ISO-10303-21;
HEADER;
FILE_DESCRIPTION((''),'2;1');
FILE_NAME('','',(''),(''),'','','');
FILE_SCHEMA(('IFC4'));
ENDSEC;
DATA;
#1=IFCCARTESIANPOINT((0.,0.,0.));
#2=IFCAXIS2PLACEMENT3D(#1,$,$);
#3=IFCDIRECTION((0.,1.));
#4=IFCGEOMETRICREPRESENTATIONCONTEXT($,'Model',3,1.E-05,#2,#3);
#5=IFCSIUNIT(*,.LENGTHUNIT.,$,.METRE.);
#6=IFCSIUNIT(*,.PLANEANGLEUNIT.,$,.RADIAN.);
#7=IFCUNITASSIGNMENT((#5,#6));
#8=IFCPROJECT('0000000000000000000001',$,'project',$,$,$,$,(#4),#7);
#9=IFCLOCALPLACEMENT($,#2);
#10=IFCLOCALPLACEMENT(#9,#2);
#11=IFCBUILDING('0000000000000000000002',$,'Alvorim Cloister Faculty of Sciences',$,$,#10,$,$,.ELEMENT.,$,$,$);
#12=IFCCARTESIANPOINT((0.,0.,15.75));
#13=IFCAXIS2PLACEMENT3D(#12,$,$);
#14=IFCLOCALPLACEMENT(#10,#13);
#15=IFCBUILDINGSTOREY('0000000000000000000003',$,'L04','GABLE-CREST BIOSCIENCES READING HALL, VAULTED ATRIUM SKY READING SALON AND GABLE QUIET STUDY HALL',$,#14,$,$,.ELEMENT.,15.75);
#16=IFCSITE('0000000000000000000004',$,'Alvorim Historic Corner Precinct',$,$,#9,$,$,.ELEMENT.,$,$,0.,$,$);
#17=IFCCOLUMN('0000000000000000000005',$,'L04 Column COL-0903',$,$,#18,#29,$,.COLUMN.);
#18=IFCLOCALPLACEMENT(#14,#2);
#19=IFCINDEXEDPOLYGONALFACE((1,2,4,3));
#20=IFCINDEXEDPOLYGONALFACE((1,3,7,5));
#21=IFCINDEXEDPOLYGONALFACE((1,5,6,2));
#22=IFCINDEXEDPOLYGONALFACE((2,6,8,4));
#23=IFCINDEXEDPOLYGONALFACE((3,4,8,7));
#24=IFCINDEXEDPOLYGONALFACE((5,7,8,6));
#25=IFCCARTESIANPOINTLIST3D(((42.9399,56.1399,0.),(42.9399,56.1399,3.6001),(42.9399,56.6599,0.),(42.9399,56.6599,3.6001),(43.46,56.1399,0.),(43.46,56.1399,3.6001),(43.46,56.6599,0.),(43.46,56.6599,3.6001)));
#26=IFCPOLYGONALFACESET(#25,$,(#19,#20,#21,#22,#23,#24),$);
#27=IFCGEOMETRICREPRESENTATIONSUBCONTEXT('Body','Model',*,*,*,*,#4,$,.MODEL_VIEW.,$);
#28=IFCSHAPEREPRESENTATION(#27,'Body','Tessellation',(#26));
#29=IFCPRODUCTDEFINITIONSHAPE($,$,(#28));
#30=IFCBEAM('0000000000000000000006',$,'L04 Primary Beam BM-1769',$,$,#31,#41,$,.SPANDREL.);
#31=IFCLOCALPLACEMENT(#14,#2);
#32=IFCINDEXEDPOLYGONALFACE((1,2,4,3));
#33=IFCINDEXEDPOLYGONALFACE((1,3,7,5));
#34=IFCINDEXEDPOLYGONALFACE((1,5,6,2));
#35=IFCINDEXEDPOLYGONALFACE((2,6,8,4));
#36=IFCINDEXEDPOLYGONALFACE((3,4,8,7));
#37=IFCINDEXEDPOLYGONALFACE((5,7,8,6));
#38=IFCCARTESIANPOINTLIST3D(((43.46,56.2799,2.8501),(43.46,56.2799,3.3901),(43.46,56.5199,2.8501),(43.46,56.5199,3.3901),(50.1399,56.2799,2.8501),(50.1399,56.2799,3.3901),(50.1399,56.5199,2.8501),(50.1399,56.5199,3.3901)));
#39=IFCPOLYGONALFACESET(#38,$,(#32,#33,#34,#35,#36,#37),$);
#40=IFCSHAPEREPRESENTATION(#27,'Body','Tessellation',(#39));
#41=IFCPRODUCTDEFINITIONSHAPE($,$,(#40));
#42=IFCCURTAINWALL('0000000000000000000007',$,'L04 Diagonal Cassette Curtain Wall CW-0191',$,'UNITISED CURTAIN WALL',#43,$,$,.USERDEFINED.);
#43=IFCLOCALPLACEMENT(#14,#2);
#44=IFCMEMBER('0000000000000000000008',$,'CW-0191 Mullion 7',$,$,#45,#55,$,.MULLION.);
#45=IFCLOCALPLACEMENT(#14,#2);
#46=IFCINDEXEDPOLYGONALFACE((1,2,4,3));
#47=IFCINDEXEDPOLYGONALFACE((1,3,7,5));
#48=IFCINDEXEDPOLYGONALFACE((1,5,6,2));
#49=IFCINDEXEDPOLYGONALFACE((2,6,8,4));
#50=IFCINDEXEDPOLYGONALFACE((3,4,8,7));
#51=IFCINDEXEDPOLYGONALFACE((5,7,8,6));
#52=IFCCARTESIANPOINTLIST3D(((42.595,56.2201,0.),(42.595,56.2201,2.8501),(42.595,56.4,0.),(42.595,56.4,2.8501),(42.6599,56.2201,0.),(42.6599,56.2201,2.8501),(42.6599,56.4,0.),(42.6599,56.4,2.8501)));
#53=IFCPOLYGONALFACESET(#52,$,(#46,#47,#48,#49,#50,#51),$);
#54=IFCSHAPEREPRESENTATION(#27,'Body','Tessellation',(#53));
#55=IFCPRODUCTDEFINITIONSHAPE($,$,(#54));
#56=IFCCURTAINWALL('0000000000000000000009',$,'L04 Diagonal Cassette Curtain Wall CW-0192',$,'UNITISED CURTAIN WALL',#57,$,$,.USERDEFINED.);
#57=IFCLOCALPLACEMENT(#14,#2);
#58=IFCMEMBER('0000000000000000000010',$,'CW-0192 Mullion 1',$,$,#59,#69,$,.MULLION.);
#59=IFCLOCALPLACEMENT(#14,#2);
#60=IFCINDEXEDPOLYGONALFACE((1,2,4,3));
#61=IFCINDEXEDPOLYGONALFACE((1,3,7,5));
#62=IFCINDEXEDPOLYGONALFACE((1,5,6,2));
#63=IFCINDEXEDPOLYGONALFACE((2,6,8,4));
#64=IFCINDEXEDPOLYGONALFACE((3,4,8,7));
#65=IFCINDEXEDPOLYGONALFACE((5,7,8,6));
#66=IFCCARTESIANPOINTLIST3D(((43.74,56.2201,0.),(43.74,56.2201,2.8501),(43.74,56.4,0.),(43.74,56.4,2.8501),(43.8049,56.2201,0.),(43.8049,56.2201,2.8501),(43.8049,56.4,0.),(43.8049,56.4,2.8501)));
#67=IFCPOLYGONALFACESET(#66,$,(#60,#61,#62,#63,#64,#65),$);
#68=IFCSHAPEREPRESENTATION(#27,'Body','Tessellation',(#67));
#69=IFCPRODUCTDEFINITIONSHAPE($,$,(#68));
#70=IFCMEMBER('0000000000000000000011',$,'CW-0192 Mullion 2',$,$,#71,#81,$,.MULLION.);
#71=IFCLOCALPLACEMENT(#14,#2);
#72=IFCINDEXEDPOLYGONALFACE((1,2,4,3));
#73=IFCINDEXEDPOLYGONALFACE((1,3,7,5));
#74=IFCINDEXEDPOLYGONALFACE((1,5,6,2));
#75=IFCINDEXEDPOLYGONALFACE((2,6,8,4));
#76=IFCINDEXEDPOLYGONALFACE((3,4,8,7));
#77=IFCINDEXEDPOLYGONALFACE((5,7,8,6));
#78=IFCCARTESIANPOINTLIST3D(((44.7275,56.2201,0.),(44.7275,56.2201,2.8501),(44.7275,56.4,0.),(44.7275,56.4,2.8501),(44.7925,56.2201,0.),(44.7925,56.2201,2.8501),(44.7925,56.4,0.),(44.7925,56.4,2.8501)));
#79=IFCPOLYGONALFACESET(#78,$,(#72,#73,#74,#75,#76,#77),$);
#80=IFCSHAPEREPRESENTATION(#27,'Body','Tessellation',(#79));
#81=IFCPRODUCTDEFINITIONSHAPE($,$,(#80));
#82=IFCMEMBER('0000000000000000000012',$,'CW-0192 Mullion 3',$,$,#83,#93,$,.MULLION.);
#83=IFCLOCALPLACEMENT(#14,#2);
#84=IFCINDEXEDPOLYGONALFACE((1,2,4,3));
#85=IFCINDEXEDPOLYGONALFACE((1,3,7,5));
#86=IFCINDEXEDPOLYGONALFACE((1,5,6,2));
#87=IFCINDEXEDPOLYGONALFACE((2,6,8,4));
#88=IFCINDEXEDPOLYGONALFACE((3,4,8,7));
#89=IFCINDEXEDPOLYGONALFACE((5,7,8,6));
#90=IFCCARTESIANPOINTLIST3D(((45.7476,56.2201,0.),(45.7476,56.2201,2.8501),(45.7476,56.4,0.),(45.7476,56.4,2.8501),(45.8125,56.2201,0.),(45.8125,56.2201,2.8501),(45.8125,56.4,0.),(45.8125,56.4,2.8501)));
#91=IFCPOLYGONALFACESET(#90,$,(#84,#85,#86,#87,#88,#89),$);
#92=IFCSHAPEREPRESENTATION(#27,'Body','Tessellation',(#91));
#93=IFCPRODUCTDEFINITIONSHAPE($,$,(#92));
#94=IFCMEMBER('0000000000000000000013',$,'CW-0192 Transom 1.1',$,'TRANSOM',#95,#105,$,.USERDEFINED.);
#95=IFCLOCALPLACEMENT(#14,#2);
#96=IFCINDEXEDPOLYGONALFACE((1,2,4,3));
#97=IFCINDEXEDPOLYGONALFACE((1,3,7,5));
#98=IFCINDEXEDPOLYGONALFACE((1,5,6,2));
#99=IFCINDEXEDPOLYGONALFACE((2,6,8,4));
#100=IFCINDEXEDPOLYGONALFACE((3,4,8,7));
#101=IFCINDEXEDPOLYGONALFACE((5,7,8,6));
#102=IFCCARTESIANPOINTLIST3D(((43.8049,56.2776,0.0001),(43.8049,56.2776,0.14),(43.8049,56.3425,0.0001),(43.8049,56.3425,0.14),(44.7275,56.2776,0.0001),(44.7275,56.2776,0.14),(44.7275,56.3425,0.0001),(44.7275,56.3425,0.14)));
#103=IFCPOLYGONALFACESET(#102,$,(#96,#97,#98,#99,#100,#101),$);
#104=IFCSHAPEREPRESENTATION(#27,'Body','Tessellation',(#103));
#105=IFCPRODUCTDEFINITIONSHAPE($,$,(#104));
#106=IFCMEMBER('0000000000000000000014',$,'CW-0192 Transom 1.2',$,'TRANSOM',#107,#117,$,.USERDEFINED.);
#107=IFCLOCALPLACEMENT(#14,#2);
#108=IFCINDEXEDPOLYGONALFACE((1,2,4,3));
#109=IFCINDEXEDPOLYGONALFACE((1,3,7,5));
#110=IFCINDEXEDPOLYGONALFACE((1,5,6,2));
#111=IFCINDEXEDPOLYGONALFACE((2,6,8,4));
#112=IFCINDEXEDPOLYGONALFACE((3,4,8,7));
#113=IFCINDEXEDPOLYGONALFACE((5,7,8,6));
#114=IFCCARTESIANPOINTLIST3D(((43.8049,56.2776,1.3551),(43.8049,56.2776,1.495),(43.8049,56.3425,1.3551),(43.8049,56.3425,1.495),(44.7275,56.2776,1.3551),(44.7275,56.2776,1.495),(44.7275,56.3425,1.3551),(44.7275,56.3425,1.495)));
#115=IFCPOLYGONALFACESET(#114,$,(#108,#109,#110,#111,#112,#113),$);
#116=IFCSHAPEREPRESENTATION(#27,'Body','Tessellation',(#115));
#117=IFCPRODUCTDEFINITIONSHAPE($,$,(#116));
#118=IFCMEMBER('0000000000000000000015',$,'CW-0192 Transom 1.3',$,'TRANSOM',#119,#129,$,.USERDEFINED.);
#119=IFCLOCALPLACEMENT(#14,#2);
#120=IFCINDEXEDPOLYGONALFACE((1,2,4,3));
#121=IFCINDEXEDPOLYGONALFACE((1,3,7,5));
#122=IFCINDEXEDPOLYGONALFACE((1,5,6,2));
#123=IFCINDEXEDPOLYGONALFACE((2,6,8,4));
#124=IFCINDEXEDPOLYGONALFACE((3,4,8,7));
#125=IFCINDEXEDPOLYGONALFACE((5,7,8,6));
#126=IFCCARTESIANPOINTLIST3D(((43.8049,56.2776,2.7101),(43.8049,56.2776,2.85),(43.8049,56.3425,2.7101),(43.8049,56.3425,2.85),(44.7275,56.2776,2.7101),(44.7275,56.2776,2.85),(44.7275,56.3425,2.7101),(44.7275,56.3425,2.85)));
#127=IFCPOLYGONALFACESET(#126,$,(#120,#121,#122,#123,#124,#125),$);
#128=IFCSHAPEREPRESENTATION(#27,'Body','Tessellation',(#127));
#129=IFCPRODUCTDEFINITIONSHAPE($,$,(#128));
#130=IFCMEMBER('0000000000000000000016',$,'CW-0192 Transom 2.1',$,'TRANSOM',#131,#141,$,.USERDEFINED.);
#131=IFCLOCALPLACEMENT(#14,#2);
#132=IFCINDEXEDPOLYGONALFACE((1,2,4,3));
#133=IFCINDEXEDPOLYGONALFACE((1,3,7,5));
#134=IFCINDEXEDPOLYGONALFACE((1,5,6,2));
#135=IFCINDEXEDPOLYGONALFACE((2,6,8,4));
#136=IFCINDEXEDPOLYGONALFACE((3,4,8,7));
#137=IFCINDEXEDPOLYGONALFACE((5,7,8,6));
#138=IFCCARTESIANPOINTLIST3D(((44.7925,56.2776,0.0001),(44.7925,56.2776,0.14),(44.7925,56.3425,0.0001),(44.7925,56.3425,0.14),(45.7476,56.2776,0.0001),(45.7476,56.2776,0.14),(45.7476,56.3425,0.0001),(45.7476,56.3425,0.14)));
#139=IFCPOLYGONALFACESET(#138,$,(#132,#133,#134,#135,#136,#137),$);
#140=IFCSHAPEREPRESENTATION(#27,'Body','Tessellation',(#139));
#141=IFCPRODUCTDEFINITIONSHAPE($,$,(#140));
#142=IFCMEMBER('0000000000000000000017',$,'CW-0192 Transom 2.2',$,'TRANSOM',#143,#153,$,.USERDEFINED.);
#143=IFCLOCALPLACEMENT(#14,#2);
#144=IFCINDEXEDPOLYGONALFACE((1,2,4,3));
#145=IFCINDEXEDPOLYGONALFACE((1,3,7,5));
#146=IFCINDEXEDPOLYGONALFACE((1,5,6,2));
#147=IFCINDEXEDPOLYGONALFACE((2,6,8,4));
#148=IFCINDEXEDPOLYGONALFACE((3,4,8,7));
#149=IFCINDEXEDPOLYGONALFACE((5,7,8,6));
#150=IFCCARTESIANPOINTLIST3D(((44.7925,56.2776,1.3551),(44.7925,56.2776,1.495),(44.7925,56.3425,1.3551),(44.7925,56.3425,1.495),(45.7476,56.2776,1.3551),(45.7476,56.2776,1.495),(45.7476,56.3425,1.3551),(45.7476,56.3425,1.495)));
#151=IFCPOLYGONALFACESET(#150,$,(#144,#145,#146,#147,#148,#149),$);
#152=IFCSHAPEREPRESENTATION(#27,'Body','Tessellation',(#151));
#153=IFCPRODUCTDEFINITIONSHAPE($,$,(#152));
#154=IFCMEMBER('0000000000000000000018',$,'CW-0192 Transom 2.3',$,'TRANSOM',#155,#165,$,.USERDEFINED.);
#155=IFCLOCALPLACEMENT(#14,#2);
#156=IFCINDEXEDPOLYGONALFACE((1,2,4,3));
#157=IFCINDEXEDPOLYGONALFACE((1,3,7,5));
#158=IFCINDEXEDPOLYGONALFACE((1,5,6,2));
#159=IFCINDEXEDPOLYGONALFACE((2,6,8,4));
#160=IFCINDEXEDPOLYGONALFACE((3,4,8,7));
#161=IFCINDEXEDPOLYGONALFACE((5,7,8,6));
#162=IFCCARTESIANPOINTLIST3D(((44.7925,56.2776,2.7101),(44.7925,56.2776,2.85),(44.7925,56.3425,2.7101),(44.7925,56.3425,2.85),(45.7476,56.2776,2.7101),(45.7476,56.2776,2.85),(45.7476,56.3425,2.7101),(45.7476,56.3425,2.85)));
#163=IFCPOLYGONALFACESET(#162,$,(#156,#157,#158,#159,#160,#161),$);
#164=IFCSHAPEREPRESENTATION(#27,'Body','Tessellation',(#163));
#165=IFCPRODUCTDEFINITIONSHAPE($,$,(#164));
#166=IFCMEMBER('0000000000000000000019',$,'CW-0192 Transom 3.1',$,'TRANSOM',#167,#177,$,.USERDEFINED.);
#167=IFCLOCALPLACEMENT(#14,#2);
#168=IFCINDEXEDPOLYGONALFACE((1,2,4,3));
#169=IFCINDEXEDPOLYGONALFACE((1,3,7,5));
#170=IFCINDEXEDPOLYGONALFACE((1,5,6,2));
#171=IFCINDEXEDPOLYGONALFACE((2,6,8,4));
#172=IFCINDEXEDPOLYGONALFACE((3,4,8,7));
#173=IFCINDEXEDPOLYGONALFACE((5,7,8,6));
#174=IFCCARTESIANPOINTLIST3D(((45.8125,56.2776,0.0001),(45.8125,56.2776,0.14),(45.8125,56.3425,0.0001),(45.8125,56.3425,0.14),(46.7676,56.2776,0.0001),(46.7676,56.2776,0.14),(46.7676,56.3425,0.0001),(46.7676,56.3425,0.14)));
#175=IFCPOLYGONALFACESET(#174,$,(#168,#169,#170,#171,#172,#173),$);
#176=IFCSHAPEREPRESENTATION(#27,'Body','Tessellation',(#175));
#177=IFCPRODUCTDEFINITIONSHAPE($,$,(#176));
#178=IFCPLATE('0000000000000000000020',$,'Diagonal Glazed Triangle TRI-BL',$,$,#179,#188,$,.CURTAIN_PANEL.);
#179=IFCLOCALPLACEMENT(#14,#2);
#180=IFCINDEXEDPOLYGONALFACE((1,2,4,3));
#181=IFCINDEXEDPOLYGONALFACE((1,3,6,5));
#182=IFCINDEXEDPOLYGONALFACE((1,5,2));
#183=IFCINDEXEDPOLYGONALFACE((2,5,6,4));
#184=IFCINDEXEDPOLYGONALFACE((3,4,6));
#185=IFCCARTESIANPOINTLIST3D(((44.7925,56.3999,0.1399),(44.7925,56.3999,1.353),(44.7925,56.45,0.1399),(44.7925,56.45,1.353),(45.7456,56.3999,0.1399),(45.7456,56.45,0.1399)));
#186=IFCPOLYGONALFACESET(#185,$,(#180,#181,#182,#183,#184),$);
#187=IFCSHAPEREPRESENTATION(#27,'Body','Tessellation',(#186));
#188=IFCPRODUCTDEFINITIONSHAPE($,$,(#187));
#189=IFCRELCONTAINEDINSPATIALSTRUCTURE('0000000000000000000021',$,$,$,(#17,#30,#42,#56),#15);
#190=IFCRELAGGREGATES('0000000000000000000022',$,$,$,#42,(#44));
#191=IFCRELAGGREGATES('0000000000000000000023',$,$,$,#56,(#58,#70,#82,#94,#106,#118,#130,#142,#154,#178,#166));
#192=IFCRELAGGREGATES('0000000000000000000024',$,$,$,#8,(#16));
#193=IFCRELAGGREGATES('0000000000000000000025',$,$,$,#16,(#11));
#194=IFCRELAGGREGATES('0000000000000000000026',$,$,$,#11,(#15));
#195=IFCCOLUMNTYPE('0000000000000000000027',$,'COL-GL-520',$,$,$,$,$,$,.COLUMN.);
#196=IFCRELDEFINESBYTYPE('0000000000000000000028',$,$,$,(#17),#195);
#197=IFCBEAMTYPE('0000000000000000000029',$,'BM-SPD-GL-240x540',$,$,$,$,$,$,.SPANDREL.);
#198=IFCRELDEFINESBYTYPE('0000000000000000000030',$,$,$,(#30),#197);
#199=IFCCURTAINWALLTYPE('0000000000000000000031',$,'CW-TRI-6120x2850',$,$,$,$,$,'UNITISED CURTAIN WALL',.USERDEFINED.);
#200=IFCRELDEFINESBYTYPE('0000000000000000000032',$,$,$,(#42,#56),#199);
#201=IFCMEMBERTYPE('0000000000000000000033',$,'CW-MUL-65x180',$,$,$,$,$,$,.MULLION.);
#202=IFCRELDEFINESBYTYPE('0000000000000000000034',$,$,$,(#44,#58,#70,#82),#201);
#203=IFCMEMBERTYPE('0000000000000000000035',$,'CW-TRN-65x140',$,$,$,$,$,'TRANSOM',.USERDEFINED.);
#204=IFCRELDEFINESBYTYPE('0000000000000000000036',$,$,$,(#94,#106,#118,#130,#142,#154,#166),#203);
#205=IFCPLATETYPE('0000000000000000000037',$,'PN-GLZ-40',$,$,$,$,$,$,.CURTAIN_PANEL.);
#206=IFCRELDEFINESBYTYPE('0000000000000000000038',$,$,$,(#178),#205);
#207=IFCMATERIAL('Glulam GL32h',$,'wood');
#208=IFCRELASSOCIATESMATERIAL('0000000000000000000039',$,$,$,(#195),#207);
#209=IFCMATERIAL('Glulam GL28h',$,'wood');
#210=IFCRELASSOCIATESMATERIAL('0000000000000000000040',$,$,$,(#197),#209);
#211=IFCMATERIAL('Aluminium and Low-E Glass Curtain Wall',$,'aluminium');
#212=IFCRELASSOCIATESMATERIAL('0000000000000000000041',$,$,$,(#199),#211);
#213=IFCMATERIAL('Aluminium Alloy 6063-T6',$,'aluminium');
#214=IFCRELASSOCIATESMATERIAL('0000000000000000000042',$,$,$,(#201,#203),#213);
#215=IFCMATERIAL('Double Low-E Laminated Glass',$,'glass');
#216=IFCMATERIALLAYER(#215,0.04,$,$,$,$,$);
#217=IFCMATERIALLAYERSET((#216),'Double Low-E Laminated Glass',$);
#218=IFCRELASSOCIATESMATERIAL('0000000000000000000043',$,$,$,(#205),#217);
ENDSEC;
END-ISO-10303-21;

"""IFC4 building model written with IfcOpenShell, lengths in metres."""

from ifc_helpers import new_model, si_unit, direction, frame, origin, origin_2d, place, context, subcontext, project, spatial, polyline, rectangle, outline, extrude, material, layer, layer_set, material_profile, profile_set, type_object, element, aggregate, save


model = new_model("IFC4")

# Units and contexts
model_context = context("Model", 3, precision=1e-05, world=origin(), true_north=direction((0.0, 1.0)))
body_context = subcontext(model_context, "Body", "Model", "MODEL_VIEW")
ifc_project = project(units=[si_unit("LENGTHUNIT", "METRE"), si_unit("PLANEANGLEUNIT", "RADIAN")], contexts=[model_context])

# Site, building, storey
site_placement = place(None, origin())
site = spatial("IfcSite", under=ifc_project, at=site_placement, Name="Alvorim Historic Corner Precinct", CompositionType="ELEMENT", RefElevation=0.0)
building_placement = place(site_placement, origin())
building = spatial("IfcBuilding", under=site, at=building_placement, Name="Alvorim Cloister Faculty of Sciences", CompositionType="ELEMENT")
storey_placement = place(building_placement, frame((0.0, 0.0, 15.75)))
storey = spatial("IfcBuildingStorey", under=building, at=storey_placement, Name="L04", Description="GABLE-CREST BIOSCIENCES READING HALL, VAULTED ATRIUM SKY READING SALON AND GABLE QUIET STUDY HALL", CompositionType="ELEMENT", Elevation=15.75)

# Column
ifc_material_1 = material(Name="Glulam GL32h", Category="wood")
ifc_material_profile_1 = material_profile(ifc_material_1, rectangle(XDim=0.52, YDim=0.52, at=origin_2d()), Name="GL32-COL-520x520")
ifc_profile_set_1 = profile_set([ifc_material_profile_1], Name="Glulam GL32h")
column_type = type_object("IfcColumnType", Name="COL-GL-520", PredefinedType="COLUMN", material=ifc_profile_set_1)
column_placement = place(storey_placement, frame((43.2, 56.3999, 0.0), z_axis=(0.0, 0.0, 1.0), x_axis=(1.0, 0.0, 0.0)))
element("IfcColumn", 1, at=column_placement, inside=storey, type_object=column_type, Name="L04 Column COL-0903", PredefinedType="COLUMN", context=body_context, shape_type="SweptSolid", body=[
    extrude(rectangle(XDim=0.52, YDim=0.52, at=origin_2d()), origin(), (0.0, 0.0, 1.0), 3.6001),
])

# Beam
ifc_material_2 = material(Name="Glulam GL28h", Category="wood")
ifc_material_profile_2 = material_profile(ifc_material_2, rectangle(XDim=0.24, YDim=0.54, at=origin_2d()), Name="GL28-SPD-240x540")
ifc_profile_set_2 = profile_set([ifc_material_profile_2], Name="Glulam GL28h")
beam_type = type_object("IfcBeamType", Name="BM-SPD-GL-240x540", PredefinedType="SPANDREL", material=ifc_profile_set_2)
beam_placement = place(storey_placement, frame((43.46, 56.3999, 3.1201), z_axis=(1.0, 0.0, 0.0), x_axis=(0.0, 1.0, 0.0)))
element("IfcBeam", 2, at=beam_placement, inside=storey, type_object=beam_type, Name="L04 Primary Beam BM-1769", PredefinedType="SPANDREL", context=body_context, shape_type="SweptSolid", body=[
    extrude(rectangle(XDim=0.24, YDim=0.54, at=origin_2d()), origin(), (0.0, 0.0, 1.0), 6.6799),
])

# Curtain wall, member
ifc_material_3 = material(Name="Aluminium and Low-E Glass Curtain Wall", Category="aluminium")
curtain_wall_type = type_object("IfcCurtainWallType", Name="CW-TRI-6120x2850", ElementType="UNITISED CURTAIN WALL", PredefinedType="USERDEFINED", material=ifc_material_3)
curtain_wall_1_placement = place(storey_placement, origin())
curtain_wall_1 = element("IfcCurtainWall", 3, at=curtain_wall_1_placement, inside=storey, type_object=curtain_wall_type, Name="L04 Diagonal Cassette Curtain Wall CW-0191", ObjectType="UNITISED CURTAIN WALL", PredefinedType="USERDEFINED")
ifc_material_4 = material(Name="Aluminium Alloy 6063-T6", Category="aluminium")
ifc_material_profile_3 = material_profile(ifc_material_4, rectangle(XDim=0.0649, YDim=0.1799, at=origin_2d()), Name="ALU-MUL-65x180")
ifc_profile_set_3 = profile_set([ifc_material_profile_3], Name="Aluminium Alloy 6063-T6")
member_type_1 = type_object("IfcMemberType", Name="CW-MUL-65x180", PredefinedType="MULLION", material=ifc_profile_set_3)
member_1_placement = place(storey_placement, frame((42.6274, 56.3101, 0.0), z_axis=(0.0, 0.0, 1.0), x_axis=(1.0, 0.0, 0.0)))
member_1 = element("IfcMember", 4, at=member_1_placement, type_object=member_type_1, Name="CW-0191 Mullion 7", PredefinedType="MULLION", context=body_context, shape_type="SweptSolid", body=[
    extrude(rectangle(XDim=0.0649, YDim=0.1799, at=origin_2d()), origin(), (0.0, 0.0, 1.0), 2.8501),
])

# Curtain wall, members
curtain_wall_2_placement = place(storey_placement, origin())
curtain_wall_2 = element("IfcCurtainWall", 5, at=curtain_wall_2_placement, inside=storey, type_object=curtain_wall_type, Name="L04 Diagonal Cassette Curtain Wall CW-0192", ObjectType="UNITISED CURTAIN WALL", PredefinedType="USERDEFINED")
member_2_placement = place(storey_placement, frame((43.7725, 56.3101, 0.0), z_axis=(0.0, 0.0, 1.0), x_axis=(1.0, 0.0, 0.0)))
member_2 = element("IfcMember", 6, at=member_2_placement, type_object=member_type_1, Name="CW-0192 Mullion 1", PredefinedType="MULLION", context=body_context, shape_type="SweptSolid", body=[
    extrude(rectangle(XDim=0.0649, YDim=0.1799, at=origin_2d()), origin(), (0.0, 0.0, 1.0), 2.8501),
])
member_3_placement = place(storey_placement, frame((44.76, 56.3101, 0.0), z_axis=(0.0, 0.0, 1.0), x_axis=(1.0, 0.0, 0.0)))
member_3 = element("IfcMember", 7, at=member_3_placement, type_object=member_type_1, Name="CW-0192 Mullion 2", PredefinedType="MULLION", context=body_context, shape_type="SweptSolid", body=[
    extrude(rectangle(XDim=0.0649, YDim=0.1799, at=origin_2d()), origin(), (0.0, 0.0, 1.0), 2.8501),
])
member_4_placement = place(storey_placement, frame((45.78, 56.3101, 0.0), z_axis=(0.0, 0.0, 1.0), x_axis=(1.0, 0.0, 0.0)))
member_4 = element("IfcMember", 8, at=member_4_placement, type_object=member_type_1, Name="CW-0192 Mullion 3", PredefinedType="MULLION", context=body_context, shape_type="SweptSolid", body=[
    extrude(rectangle(XDim=0.0649, YDim=0.1799, at=origin_2d()), origin(), (0.0, 0.0, 1.0), 2.8501),
])
ifc_material_profile_4 = material_profile(ifc_material_4, rectangle(XDim=0.0649, YDim=0.1399, at=origin_2d()), Name="ALU-TRN-65x140")
ifc_profile_set_4 = profile_set([ifc_material_profile_4], Name="Aluminium Alloy 6063-T6")
member_type_2 = type_object("IfcMemberType", Name="CW-TRN-65x140", ElementType="TRANSOM", PredefinedType="USERDEFINED", material=ifc_profile_set_4)
member_5_placement = place(storey_placement, frame((43.8049, 56.3101, 0.0701), z_axis=(1.0, 0.0, 0.0), x_axis=(0.0, 1.0, 0.0)))
member_5 = element("IfcMember", 9, at=member_5_placement, type_object=member_type_2, Name="CW-0192 Transom 1.1", ObjectType="TRANSOM", PredefinedType="USERDEFINED", context=body_context, shape_type="SweptSolid", body=[
    extrude(rectangle(XDim=0.0649, YDim=0.1399, at=origin_2d()), origin(), (0.0, 0.0, 1.0), 0.9226),
])
member_6_placement = place(storey_placement, frame((43.8049, 56.3101, 1.425), z_axis=(1.0, 0.0, 0.0), x_axis=(0.0, 1.0, 0.0)))
member_6 = element("IfcMember", 10, at=member_6_placement, type_object=member_type_2, Name="CW-0192 Transom 1.2", ObjectType="TRANSOM", PredefinedType="USERDEFINED", context=body_context, shape_type="SweptSolid", body=[
    extrude(rectangle(XDim=0.0649, YDim=0.1399, at=origin_2d()), origin(), (0.0, 0.0, 1.0), 0.9226),
])
member_7_placement = place(storey_placement, frame((43.8049, 56.3101, 2.78), z_axis=(1.0, 0.0, 0.0), x_axis=(0.0, 1.0, 0.0)))
member_7 = element("IfcMember", 11, at=member_7_placement, type_object=member_type_2, Name="CW-0192 Transom 1.3", ObjectType="TRANSOM", PredefinedType="USERDEFINED", context=body_context, shape_type="SweptSolid", body=[
    extrude(rectangle(XDim=0.0649, YDim=0.1399, at=origin_2d()), origin(), (0.0, 0.0, 1.0), 0.9226),
])
member_8_placement = place(storey_placement, frame((44.7925, 56.3101, 0.0701), z_axis=(1.0, 0.0, 0.0), x_axis=(0.0, 1.0, 0.0)))
member_8 = element("IfcMember", 12, at=member_8_placement, type_object=member_type_2, Name="CW-0192 Transom 2.1", ObjectType="TRANSOM", PredefinedType="USERDEFINED", context=body_context, shape_type="SweptSolid", body=[
    extrude(rectangle(XDim=0.0649, YDim=0.1399, at=origin_2d()), origin(), (0.0, 0.0, 1.0), 0.9551),
])
member_9_placement = place(storey_placement, frame((44.7925, 56.3101, 1.425), z_axis=(1.0, 0.0, 0.0), x_axis=(0.0, 1.0, 0.0)))
member_9 = element("IfcMember", 13, at=member_9_placement, type_object=member_type_2, Name="CW-0192 Transom 2.2", ObjectType="TRANSOM", PredefinedType="USERDEFINED", context=body_context, shape_type="SweptSolid", body=[
    extrude(rectangle(XDim=0.0649, YDim=0.1399, at=origin_2d()), origin(), (0.0, 0.0, 1.0), 0.9551),
])
member_10_placement = place(storey_placement, frame((44.7925, 56.3101, 2.78), z_axis=(1.0, 0.0, 0.0), x_axis=(0.0, 1.0, 0.0)))
member_10 = element("IfcMember", 14, at=member_10_placement, type_object=member_type_2, Name="CW-0192 Transom 2.3", ObjectType="TRANSOM", PredefinedType="USERDEFINED", context=body_context, shape_type="SweptSolid", body=[
    extrude(rectangle(XDim=0.0649, YDim=0.1399, at=origin_2d()), origin(), (0.0, 0.0, 1.0), 0.9551),
])
member_11_placement = place(storey_placement, frame((45.8125, 56.3101, 0.0701), z_axis=(1.0, 0.0, 0.0), x_axis=(0.0, 1.0, 0.0)))
member_11 = element("IfcMember", 15, at=member_11_placement, type_object=member_type_2, Name="CW-0192 Transom 3.1", ObjectType="TRANSOM", PredefinedType="USERDEFINED", context=body_context, shape_type="SweptSolid", body=[
    extrude(rectangle(XDim=0.0649, YDim=0.1399, at=origin_2d()), origin(), (0.0, 0.0, 1.0), 0.9551),
])

# Plate
ifc_material_5 = material(Name="Double Low-E Laminated Glass", Category="glass")
ifc_layer = layer(ifc_material_5, 0.04)
ifc_layer_set = layer_set([ifc_layer], Name="Double Low-E Laminated Glass")
plate_type = type_object("IfcPlateType", Name="PN-GLZ-40", PredefinedType="CURTAIN_PANEL", material=ifc_layer_set)
aggregate(curtain_wall_1, [member_1])
plate_1_placement = place(storey_placement, frame((44.7925, 56.425, 0.1399), z_axis=(0.0, 0.0, 1.0), x_axis=(1.0, 0.0, 0.0)))
plate_1 = element("IfcPlate", 16, at=plate_1_placement, type_object=plate_type, Name="Diagonal Glazed Triangle TRI-BL", PredefinedType="CURTAIN_PANEL", context=body_context, shape_type="SweptSolid", body=[
    extrude(outline(polyline([(0.0, 0.0), (0.9531, 0.0), (0.0, 1.2131), (0.0, 0.0)])), frame((0.0, 0.0249, 0.0), z_axis=(0.0, -1.0, 0.0), x_axis=(1.0, 0.0, 0.0)), (0.0, 0.0, 1.0), 0.05),
])
aggregate(curtain_wall_2, [member_2, member_3, member_4, member_5, member_6, member_7, member_8, member_9, member_10, plate_1, member_11])

save(model, "model.ifc")
